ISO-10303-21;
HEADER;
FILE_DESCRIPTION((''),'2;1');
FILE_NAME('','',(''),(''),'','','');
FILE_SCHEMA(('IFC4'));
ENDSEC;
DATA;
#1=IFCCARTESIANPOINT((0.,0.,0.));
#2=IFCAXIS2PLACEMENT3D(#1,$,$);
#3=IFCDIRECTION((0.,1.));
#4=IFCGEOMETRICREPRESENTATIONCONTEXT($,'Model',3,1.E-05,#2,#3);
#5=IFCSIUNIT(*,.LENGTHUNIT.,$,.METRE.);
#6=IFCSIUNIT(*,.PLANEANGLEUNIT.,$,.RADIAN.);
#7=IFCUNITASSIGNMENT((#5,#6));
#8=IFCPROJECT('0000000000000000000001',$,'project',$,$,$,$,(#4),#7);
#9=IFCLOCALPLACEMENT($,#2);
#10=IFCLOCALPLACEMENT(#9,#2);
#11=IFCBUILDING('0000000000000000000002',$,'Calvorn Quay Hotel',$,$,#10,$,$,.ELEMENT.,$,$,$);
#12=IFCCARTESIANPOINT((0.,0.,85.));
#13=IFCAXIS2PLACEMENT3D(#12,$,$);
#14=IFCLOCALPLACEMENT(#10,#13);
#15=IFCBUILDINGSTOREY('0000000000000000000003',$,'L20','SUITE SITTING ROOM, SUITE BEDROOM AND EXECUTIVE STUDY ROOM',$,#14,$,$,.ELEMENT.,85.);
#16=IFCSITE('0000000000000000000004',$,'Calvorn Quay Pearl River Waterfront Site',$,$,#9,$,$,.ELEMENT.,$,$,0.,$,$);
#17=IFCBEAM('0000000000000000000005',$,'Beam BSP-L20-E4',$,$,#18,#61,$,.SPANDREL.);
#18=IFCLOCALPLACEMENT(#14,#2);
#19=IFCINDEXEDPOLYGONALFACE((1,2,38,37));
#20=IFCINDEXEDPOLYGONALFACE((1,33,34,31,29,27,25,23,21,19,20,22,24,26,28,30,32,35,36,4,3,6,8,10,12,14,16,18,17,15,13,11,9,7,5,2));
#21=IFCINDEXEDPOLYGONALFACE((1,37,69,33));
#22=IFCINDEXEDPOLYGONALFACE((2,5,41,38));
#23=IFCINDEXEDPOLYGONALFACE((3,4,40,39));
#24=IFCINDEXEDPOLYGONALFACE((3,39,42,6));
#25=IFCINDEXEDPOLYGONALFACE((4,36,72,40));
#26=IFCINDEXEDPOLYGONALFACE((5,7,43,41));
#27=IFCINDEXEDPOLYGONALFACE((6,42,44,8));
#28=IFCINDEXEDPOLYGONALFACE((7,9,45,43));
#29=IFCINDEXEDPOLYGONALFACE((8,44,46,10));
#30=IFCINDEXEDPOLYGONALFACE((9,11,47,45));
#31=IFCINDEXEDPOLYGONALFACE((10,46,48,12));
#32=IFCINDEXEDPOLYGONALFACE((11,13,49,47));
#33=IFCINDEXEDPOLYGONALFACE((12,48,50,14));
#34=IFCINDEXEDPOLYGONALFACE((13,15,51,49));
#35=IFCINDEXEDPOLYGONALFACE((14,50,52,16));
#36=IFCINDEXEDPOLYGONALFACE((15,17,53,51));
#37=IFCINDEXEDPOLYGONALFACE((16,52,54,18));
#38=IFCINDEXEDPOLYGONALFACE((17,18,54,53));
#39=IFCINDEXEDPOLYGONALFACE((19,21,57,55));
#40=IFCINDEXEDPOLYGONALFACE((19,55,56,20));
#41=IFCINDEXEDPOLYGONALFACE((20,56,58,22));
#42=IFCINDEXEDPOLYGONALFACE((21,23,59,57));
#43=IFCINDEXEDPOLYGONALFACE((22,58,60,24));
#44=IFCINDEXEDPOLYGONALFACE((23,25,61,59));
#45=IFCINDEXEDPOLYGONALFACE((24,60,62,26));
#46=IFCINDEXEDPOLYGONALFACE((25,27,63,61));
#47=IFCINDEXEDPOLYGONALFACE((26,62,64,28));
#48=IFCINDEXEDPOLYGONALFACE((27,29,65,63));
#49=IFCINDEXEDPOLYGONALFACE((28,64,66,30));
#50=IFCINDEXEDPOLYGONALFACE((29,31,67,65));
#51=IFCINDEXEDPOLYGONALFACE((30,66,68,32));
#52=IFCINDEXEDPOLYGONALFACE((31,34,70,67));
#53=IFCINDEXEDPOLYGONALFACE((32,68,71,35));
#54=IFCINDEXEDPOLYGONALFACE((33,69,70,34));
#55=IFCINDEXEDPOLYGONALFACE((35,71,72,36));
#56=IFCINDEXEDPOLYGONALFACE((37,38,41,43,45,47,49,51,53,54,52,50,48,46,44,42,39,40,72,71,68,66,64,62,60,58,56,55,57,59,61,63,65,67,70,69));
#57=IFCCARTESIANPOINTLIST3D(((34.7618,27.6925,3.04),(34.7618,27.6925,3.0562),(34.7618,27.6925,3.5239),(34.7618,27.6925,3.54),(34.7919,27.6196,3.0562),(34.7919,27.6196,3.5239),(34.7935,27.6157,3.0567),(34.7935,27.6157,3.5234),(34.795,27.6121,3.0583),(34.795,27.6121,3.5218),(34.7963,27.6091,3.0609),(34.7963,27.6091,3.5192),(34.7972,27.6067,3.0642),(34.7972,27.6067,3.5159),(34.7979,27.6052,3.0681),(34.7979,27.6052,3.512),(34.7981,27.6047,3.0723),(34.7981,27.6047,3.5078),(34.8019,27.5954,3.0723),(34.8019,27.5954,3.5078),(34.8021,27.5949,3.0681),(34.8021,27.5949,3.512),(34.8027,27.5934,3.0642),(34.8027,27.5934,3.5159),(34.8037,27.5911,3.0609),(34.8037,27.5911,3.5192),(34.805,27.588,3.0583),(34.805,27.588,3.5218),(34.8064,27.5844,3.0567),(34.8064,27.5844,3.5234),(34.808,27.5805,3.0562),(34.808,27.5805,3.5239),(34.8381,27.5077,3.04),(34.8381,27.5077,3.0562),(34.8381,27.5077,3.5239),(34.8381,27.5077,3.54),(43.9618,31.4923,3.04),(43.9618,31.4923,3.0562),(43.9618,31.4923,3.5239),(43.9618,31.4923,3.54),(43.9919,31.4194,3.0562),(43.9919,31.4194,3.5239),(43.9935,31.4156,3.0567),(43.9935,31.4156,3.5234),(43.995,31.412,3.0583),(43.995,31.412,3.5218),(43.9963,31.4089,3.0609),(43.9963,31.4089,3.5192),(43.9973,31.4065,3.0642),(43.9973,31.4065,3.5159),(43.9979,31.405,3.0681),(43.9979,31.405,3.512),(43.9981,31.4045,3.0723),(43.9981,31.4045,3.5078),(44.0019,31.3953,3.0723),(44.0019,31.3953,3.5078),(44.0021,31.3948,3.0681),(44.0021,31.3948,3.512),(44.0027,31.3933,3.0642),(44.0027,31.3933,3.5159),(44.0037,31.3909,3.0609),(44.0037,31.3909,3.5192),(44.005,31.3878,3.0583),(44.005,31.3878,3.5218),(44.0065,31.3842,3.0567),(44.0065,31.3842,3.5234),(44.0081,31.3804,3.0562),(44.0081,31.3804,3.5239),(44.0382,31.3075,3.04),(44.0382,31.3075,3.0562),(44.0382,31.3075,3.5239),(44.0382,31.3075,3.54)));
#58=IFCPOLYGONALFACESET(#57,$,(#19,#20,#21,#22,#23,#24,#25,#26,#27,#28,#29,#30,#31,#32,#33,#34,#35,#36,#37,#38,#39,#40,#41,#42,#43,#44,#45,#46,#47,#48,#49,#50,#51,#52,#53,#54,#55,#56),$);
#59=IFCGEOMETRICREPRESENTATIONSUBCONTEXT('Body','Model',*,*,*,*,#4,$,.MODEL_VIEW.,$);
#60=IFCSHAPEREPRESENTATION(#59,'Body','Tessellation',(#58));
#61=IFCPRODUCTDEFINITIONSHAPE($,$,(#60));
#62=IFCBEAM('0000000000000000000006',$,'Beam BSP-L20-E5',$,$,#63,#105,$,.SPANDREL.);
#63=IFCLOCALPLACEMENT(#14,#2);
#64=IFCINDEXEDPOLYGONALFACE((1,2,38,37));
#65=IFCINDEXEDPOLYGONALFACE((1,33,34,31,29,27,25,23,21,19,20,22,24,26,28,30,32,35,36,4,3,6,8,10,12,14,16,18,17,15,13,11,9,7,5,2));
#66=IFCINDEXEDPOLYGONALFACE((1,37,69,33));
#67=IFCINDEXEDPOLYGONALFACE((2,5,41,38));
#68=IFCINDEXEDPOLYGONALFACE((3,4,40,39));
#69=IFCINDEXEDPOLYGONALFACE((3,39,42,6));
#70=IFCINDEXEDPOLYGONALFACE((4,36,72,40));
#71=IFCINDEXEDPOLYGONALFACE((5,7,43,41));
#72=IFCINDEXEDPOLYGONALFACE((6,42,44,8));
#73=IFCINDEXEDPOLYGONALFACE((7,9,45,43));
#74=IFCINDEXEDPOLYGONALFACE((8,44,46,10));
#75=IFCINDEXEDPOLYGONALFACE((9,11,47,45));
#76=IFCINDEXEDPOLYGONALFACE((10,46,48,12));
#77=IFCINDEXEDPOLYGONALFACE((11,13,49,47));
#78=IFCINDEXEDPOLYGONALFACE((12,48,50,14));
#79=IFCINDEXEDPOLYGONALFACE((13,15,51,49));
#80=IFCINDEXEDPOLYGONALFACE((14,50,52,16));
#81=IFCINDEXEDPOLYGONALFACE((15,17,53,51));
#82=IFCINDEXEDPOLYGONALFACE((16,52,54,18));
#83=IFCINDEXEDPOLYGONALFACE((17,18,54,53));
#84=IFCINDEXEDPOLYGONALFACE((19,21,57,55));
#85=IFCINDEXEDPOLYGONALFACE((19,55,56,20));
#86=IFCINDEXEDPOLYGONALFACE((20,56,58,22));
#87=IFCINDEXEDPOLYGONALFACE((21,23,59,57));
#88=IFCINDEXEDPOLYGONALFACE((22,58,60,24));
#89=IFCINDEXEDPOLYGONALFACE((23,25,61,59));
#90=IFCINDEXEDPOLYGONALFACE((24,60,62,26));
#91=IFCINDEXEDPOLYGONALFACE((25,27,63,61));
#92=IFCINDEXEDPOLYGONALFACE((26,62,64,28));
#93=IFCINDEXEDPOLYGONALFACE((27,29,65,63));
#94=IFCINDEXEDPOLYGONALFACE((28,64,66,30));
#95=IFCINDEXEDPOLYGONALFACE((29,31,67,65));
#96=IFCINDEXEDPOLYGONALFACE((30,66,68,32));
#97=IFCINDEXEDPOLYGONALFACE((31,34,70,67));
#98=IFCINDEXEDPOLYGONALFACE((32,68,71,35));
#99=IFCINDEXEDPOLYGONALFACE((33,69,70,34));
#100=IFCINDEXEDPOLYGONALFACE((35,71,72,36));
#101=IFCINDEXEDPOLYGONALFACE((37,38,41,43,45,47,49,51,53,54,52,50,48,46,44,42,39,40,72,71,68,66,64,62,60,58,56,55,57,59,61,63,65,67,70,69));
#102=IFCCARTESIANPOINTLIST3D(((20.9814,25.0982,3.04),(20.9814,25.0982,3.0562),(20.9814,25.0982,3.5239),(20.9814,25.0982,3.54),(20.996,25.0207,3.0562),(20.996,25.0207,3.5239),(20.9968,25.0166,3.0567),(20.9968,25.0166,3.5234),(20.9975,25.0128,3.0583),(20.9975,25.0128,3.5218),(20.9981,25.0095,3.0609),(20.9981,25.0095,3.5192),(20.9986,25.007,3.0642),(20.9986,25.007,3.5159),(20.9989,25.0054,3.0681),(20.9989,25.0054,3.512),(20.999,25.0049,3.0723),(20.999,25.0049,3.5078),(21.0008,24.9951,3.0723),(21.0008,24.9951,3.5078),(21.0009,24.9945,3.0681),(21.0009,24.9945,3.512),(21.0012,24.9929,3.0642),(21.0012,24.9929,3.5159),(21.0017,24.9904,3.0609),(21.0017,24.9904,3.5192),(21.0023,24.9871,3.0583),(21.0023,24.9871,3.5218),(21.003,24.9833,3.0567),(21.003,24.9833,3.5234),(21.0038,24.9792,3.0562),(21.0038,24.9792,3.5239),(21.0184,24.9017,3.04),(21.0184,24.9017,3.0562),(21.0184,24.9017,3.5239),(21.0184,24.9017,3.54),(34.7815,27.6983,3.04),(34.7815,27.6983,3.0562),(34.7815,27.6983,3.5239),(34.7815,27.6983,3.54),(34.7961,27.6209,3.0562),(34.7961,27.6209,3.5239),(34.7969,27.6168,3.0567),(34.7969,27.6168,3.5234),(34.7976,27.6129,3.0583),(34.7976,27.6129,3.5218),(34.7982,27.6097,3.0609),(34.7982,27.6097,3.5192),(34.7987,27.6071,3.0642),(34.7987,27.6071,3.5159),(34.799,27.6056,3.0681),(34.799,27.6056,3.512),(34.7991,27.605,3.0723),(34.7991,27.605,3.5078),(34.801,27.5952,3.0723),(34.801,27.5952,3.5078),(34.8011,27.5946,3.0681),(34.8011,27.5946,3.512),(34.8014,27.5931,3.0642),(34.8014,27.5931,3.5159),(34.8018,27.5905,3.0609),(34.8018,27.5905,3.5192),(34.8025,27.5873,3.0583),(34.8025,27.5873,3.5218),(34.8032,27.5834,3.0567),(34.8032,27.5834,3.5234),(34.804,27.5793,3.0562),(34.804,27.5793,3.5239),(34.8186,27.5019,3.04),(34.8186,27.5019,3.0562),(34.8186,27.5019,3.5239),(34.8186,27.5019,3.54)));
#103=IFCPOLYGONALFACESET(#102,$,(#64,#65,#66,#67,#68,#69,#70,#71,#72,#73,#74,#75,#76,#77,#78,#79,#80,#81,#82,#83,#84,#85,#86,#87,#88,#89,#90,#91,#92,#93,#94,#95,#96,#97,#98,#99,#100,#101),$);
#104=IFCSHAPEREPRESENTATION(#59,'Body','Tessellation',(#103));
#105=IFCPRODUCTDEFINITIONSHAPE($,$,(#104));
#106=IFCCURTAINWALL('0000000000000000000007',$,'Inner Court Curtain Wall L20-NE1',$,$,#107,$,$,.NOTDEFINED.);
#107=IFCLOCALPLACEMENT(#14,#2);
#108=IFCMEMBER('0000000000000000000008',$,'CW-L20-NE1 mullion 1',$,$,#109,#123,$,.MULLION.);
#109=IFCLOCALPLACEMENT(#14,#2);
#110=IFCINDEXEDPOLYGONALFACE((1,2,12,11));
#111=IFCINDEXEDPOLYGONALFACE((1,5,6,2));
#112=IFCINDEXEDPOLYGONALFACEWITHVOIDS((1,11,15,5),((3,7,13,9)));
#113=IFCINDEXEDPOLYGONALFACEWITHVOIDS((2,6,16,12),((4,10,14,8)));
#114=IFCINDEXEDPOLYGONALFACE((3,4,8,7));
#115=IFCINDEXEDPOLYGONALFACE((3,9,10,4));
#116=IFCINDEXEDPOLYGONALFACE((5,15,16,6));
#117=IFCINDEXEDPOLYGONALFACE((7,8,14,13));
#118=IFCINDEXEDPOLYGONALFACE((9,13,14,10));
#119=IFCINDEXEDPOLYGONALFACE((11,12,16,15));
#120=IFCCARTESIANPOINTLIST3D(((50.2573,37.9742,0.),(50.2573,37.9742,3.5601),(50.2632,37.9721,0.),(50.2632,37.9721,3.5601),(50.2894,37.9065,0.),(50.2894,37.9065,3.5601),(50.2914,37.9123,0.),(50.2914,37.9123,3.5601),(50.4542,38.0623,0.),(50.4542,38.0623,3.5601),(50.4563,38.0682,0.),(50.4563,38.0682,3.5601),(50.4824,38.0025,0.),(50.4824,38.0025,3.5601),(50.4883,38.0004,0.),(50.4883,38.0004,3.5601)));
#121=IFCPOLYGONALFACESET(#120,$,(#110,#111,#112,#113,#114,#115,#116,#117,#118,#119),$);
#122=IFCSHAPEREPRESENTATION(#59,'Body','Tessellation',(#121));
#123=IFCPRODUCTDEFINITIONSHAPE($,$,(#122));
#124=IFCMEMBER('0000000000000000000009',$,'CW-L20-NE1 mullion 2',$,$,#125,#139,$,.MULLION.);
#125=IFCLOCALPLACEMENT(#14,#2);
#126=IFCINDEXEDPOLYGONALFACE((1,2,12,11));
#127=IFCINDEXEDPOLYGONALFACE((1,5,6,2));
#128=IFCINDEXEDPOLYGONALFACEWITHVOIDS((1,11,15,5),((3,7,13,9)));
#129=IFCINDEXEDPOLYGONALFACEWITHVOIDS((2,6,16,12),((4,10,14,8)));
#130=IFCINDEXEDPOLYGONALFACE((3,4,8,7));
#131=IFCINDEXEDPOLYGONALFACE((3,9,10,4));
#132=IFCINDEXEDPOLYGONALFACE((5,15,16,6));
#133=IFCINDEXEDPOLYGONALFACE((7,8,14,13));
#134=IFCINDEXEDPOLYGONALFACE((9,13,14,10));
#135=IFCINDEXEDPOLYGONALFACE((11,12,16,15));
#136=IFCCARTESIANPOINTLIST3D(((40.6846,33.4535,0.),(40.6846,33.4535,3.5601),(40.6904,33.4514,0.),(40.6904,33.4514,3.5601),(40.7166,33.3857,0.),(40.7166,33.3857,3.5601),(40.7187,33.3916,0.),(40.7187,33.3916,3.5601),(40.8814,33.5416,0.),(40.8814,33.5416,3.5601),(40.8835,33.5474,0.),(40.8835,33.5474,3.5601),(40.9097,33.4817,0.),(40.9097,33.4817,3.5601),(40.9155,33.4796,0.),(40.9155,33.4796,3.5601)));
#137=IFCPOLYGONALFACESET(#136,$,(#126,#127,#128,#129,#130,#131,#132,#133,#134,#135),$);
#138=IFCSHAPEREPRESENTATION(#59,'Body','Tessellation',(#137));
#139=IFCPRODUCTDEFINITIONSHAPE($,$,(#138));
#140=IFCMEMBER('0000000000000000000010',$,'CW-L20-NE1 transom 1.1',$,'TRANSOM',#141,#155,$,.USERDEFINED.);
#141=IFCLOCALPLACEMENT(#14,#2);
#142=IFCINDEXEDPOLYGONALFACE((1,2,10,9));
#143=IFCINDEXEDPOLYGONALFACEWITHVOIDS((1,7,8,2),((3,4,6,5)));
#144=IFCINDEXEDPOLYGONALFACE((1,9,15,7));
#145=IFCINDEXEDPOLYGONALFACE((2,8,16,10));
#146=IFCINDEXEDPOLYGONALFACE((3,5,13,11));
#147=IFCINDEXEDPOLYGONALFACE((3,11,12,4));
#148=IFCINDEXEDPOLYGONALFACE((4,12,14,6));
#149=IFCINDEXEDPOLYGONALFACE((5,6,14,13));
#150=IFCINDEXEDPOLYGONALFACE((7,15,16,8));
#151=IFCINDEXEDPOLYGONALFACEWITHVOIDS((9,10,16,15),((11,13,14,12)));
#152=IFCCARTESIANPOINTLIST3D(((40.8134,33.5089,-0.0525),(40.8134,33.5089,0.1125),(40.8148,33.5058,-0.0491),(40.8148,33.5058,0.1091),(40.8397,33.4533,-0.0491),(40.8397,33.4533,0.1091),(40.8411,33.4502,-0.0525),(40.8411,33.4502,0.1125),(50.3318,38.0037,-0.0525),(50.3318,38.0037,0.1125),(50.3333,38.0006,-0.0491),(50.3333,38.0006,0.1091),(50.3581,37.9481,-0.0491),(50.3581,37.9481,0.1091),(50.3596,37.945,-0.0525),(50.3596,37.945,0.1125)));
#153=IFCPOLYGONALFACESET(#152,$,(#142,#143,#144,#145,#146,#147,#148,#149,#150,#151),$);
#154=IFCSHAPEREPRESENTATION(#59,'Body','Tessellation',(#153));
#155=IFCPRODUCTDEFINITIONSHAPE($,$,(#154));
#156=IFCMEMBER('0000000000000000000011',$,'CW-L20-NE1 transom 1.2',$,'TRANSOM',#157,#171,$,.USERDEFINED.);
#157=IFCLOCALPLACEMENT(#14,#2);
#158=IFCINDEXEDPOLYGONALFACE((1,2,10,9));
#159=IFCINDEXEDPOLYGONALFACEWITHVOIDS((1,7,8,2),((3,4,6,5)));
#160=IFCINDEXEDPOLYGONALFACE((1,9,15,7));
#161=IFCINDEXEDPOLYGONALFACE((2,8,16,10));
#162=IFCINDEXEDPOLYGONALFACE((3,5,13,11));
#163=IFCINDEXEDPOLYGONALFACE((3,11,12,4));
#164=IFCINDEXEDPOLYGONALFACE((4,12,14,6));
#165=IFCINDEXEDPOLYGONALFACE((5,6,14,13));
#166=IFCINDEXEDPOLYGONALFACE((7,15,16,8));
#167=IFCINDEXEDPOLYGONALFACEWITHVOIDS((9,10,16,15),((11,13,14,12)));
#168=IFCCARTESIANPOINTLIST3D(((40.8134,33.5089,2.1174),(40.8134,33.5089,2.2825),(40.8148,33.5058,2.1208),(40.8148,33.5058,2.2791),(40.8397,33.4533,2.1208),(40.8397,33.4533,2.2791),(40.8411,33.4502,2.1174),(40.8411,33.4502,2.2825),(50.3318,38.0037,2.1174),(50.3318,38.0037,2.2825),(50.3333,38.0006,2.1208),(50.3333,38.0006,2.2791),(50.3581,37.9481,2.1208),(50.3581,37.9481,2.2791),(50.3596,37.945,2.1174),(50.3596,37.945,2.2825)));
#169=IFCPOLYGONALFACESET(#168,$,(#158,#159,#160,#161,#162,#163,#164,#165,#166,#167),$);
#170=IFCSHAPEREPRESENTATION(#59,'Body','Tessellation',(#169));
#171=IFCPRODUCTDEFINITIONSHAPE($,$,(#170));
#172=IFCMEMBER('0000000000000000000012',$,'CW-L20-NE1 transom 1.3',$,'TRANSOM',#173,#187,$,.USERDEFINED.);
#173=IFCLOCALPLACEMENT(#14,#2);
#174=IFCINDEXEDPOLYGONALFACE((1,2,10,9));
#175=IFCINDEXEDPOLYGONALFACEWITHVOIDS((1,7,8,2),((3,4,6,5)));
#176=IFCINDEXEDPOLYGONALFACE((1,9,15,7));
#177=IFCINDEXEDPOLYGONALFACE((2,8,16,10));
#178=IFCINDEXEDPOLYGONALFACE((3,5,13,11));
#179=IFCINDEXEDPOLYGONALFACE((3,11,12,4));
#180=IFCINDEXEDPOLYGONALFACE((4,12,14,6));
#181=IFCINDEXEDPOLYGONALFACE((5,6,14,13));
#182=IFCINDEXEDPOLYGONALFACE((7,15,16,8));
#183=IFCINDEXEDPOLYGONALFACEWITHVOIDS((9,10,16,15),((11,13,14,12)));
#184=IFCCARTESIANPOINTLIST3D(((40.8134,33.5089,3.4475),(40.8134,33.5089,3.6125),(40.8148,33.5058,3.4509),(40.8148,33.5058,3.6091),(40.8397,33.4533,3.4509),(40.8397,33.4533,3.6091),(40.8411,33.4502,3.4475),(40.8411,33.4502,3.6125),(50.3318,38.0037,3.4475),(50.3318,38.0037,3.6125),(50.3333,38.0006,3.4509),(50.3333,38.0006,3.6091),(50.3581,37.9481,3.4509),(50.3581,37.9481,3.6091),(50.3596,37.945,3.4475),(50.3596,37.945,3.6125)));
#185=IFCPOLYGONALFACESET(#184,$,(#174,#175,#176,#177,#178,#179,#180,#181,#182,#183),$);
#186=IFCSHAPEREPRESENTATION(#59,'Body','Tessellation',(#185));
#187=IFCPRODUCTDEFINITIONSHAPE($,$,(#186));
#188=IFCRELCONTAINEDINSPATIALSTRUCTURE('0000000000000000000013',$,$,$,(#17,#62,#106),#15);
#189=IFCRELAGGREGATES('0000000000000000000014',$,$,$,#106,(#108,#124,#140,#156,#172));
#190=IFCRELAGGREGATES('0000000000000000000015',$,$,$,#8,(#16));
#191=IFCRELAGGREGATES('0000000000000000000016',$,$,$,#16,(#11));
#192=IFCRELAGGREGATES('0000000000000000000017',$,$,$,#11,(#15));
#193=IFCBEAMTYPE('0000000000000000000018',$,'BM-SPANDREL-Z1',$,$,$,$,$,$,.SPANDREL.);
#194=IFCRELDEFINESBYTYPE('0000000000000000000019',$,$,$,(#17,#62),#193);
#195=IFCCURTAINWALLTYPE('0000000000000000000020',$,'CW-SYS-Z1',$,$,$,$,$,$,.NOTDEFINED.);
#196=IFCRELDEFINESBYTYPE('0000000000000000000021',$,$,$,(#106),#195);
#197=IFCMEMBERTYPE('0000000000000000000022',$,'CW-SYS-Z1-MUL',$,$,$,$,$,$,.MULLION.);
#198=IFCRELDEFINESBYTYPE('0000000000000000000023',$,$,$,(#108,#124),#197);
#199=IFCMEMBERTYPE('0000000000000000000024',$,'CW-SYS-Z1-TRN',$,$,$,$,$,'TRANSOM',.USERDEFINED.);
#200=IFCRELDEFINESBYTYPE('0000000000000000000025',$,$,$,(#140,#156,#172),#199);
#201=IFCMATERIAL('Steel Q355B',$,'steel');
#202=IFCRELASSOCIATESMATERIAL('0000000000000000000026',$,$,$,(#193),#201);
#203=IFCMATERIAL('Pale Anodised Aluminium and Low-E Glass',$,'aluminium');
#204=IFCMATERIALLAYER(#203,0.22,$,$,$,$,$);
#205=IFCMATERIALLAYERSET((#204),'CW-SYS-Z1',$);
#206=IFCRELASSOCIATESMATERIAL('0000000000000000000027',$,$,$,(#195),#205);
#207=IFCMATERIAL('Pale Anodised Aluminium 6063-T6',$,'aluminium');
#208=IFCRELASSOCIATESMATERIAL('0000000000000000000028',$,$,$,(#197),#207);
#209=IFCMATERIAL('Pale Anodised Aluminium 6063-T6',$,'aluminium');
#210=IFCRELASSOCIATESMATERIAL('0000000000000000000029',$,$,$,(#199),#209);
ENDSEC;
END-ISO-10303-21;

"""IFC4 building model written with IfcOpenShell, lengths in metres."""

from ifc_helpers import new_model, si_unit, direction, frame, origin, origin_2d, place, context, subcontext, project, spatial, hollow_rectangle, i_section, extrude, material, layer, layer_set, material_profile, profile_set, type_object, element, aggregate, save


model = new_model("IFC4")

# Units and contexts
model_context = context("Model", 3, precision=1e-05, world=origin(), true_north=direction((0.0, 1.0)))
body_context = subcontext(model_context, "Body", "Model", "MODEL_VIEW")
ifc_project = project(units=[si_unit("LENGTHUNIT", "METRE"), si_unit("PLANEANGLEUNIT", "RADIAN")], contexts=[model_context])

# Site, building, storey
site_placement = place(None, origin())
site = spatial("IfcSite", under=ifc_project, at=site_placement, Name="Calvorn Quay Pearl River Waterfront Site", CompositionType="ELEMENT", RefElevation=0.0)
building_placement = place(site_placement, origin())
building = spatial("IfcBuilding", under=site, at=building_placement, Name="Calvorn Quay Hotel", CompositionType="ELEMENT")
storey_placement = place(building_placement, frame((0.0, 0.0, 85.0)))
storey = spatial("IfcBuildingStorey", under=building, at=storey_placement, Name="L20", Description="SUITE SITTING ROOM, SUITE BEDROOM AND EXECUTIVE STUDY ROOM", CompositionType="ELEMENT", Elevation=85.0)

# Beams
ifc_material_1 = material(Name="Steel Q355B", Category="steel")
ifc_material_profile_1 = material_profile(ifc_material_1, i_section(OverallWidth=0.2, OverallDepth=0.5, WebThickness=0.01, FlangeThickness=0.0161, FilletRadius=0.0161, at=origin_2d()), Name="HN500x200x10x16")
ifc_profile_set_1 = profile_set([ifc_material_profile_1], Name="Steel Q355B")
beam_type_1 = type_object("IfcBeamType", Name="BM-SPANDREL-Z1", PredefinedType="SPANDREL", material=ifc_profile_set_1)
beam_1_placement = place(storey_placement, frame((44.0, 31.3999, 3.29), z_axis=(-0.924268, -0.381745, 0.0), x_axis=(0.381745, -0.924268, 0.0)))
element("IfcBeam", 1, at=beam_1_placement, inside=storey, type_object=beam_type_1, Name="Beam BSP-L20-E4", PredefinedType="SPANDREL", context=body_context, shape_type="SweptSolid", body=[
    extrude(i_section(OverallWidth=0.2, OverallDepth=0.5, WebThickness=0.01, FlangeThickness=0.0161, FilletRadius=0.0161, at=origin_2d()), origin(), (0.0, 0.0, 1.0), 9.9539),
])
beam_2_placement = place(storey_placement, frame((34.8, 27.6001, 3.29), z_axis=(-0.982709, -0.185154, 0.0), x_axis=(0.185154, -0.982709, 0.0)))
element("IfcBeam", 2, at=beam_2_placement, inside=storey, type_object=beam_type_1, Name="Beam BSP-L20-E5", PredefinedType="SPANDREL", context=body_context, shape_type="SweptSolid", body=[
    extrude(i_section(OverallWidth=0.2, OverallDepth=0.5, WebThickness=0.01, FlangeThickness=0.0161, FilletRadius=0.0161, at=origin_2d()), origin(), (0.0, 0.0, 1.0), 14.043),
])

# Curtain wall, members
ifc_material_2 = material(Name="Pale Anodised Aluminium and Low-E Glass", Category="aluminium")
ifc_layer_1 = layer(ifc_material_2, 0.22)
ifc_layer_set_1 = layer_set([ifc_layer_1], Name="CW-SYS-Z1")
curtain_wall_type = type_object("IfcCurtainWallType", Name="CW-SYS-Z1", PredefinedType="NOTDEFINED", material=ifc_layer_set_1)
curtain_wall_placement = place(storey_placement, origin())
curtain_wall = element("IfcCurtainWall", 3, at=curtain_wall_placement, inside=storey, type_object=curtain_wall_type, Name="Inner Court Curtain Wall L20-NE1", PredefinedType="NOTDEFINED")
ifc_material_3 = material(Name="Pale Anodised Aluminium 6063-T6", Category="aluminium")
ifc_material_profile_2 = material_profile(ifc_material_3, hollow_rectangle(XDim=0.075, YDim=0.22, WallThickness=0.0044, at=origin_2d()), Name="ALU-M220x75x4.5")
ifc_profile_set_2 = profile_set([ifc_material_profile_2], Name="Pale Anodised Aluminium 6063-T6")
member_type_1 = type_object("IfcMemberType", Name="CW-SYS-Z1-MUL", PredefinedType="MULLION", material=ifc_profile_set_2)
member_1_placement = place(storey_placement, frame((50.3728, 37.9873, 0.0), z_axis=(0.0, 0.0, 1.0), x_axis=(0.427006, -0.904249, 0.0)))
member_1 = element("IfcMember", 4, at=member_1_placement, type_object=member_type_1, Name="CW-L20-NE1 mullion 1", PredefinedType="MULLION", context=body_context, shape_type="SweptSolid", body=[
    extrude(hollow_rectangle(XDim=0.075, YDim=0.22, WallThickness=0.0044, at=origin_2d()), origin(), (0.0, 0.0, 1.0), 3.5601),
])
member_2_placement = place(storey_placement, frame((40.8, 33.4666, 0.0), z_axis=(0.0, 0.0, 1.0), x_axis=(0.427006, -0.904249, 0.0)))
member_2 = element("IfcMember", 5, at=member_2_placement, type_object=member_type_1, Name="CW-L20-NE1 mullion 2", PredefinedType="MULLION", context=body_context, shape_type="SweptSolid", body=[
    extrude(hollow_rectangle(XDim=0.075, YDim=0.22, WallThickness=0.0044, at=origin_2d()), origin(), (0.0, 0.0, 1.0), 3.5601),
])
ifc_material_4 = material(Name="Pale Anodised Aluminium 6063-T6", Category="aluminium")
ifc_material_profile_3 = material_profile(ifc_material_4, hollow_rectangle(XDim=0.0649, YDim=0.165, WallThickness=0.0034, at=origin_2d()), Name="ALU-T165x65x3.5")
ifc_profile_set_3 = profile_set([ifc_material_profile_3], Name="Pale Anodised Aluminium 6063-T6")
member_type_2 = type_object("IfcMemberType", Name="CW-SYS-Z1-TRN", ElementType="TRANSOM", PredefinedType="USERDEFINED", material=ifc_profile_set_3)
member_3_placement = place(storey_placement, frame((50.3457, 37.9744, 0.03), z_axis=(-0.904249, -0.427006, 0.0), x_axis=(0.427006, -0.904249, 0.0)))
member_3 = element("IfcMember", 6, at=member_3_placement, type_object=member_type_2, Name="CW-L20-NE1 transom 1.1", ObjectType="TRANSOM", PredefinedType="USERDEFINED", context=body_context, shape_type="SweptSolid", body=[
    extrude(hollow_rectangle(XDim=0.0649, YDim=0.165, WallThickness=0.0034, at=origin_2d()), origin(), (0.0, 0.0, 1.0), 10.5264),
])
member_4_placement = place(storey_placement, frame((50.3457, 37.9744, 2.2), z_axis=(-0.904249, -0.427006, 0.0), x_axis=(0.427006, -0.904249, 0.0)))
member_4 = element("IfcMember", 7, at=member_4_placement, type_object=member_type_2, Name="CW-L20-NE1 transom 1.2", ObjectType="TRANSOM", PredefinedType="USERDEFINED", context=body_context, shape_type="SweptSolid", body=[
    extrude(hollow_rectangle(XDim=0.0649, YDim=0.165, WallThickness=0.0034, at=origin_2d()), origin(), (0.0, 0.0, 1.0), 10.5264),
])
member_5_placement = place(storey_placement, frame((50.3457, 37.9744, 3.53), z_axis=(-0.904249, -0.427006, 0.0), x_axis=(0.427006, -0.904249, 0.0)))
member_5 = element("IfcMember", 8, at=member_5_placement, type_object=member_type_2, Name="CW-L20-NE1 transom 1.3", ObjectType="TRANSOM", PredefinedType="USERDEFINED", context=body_context, shape_type="SweptSolid", body=[
    extrude(hollow_rectangle(XDim=0.0649, YDim=0.165, WallThickness=0.0034, at=origin_2d()), origin(), (0.0, 0.0, 1.0), 10.5264),
])
aggregate(curtain_wall, [member_1, member_2, member_3, member_4, member_5])

save(model, "model.ifc")
